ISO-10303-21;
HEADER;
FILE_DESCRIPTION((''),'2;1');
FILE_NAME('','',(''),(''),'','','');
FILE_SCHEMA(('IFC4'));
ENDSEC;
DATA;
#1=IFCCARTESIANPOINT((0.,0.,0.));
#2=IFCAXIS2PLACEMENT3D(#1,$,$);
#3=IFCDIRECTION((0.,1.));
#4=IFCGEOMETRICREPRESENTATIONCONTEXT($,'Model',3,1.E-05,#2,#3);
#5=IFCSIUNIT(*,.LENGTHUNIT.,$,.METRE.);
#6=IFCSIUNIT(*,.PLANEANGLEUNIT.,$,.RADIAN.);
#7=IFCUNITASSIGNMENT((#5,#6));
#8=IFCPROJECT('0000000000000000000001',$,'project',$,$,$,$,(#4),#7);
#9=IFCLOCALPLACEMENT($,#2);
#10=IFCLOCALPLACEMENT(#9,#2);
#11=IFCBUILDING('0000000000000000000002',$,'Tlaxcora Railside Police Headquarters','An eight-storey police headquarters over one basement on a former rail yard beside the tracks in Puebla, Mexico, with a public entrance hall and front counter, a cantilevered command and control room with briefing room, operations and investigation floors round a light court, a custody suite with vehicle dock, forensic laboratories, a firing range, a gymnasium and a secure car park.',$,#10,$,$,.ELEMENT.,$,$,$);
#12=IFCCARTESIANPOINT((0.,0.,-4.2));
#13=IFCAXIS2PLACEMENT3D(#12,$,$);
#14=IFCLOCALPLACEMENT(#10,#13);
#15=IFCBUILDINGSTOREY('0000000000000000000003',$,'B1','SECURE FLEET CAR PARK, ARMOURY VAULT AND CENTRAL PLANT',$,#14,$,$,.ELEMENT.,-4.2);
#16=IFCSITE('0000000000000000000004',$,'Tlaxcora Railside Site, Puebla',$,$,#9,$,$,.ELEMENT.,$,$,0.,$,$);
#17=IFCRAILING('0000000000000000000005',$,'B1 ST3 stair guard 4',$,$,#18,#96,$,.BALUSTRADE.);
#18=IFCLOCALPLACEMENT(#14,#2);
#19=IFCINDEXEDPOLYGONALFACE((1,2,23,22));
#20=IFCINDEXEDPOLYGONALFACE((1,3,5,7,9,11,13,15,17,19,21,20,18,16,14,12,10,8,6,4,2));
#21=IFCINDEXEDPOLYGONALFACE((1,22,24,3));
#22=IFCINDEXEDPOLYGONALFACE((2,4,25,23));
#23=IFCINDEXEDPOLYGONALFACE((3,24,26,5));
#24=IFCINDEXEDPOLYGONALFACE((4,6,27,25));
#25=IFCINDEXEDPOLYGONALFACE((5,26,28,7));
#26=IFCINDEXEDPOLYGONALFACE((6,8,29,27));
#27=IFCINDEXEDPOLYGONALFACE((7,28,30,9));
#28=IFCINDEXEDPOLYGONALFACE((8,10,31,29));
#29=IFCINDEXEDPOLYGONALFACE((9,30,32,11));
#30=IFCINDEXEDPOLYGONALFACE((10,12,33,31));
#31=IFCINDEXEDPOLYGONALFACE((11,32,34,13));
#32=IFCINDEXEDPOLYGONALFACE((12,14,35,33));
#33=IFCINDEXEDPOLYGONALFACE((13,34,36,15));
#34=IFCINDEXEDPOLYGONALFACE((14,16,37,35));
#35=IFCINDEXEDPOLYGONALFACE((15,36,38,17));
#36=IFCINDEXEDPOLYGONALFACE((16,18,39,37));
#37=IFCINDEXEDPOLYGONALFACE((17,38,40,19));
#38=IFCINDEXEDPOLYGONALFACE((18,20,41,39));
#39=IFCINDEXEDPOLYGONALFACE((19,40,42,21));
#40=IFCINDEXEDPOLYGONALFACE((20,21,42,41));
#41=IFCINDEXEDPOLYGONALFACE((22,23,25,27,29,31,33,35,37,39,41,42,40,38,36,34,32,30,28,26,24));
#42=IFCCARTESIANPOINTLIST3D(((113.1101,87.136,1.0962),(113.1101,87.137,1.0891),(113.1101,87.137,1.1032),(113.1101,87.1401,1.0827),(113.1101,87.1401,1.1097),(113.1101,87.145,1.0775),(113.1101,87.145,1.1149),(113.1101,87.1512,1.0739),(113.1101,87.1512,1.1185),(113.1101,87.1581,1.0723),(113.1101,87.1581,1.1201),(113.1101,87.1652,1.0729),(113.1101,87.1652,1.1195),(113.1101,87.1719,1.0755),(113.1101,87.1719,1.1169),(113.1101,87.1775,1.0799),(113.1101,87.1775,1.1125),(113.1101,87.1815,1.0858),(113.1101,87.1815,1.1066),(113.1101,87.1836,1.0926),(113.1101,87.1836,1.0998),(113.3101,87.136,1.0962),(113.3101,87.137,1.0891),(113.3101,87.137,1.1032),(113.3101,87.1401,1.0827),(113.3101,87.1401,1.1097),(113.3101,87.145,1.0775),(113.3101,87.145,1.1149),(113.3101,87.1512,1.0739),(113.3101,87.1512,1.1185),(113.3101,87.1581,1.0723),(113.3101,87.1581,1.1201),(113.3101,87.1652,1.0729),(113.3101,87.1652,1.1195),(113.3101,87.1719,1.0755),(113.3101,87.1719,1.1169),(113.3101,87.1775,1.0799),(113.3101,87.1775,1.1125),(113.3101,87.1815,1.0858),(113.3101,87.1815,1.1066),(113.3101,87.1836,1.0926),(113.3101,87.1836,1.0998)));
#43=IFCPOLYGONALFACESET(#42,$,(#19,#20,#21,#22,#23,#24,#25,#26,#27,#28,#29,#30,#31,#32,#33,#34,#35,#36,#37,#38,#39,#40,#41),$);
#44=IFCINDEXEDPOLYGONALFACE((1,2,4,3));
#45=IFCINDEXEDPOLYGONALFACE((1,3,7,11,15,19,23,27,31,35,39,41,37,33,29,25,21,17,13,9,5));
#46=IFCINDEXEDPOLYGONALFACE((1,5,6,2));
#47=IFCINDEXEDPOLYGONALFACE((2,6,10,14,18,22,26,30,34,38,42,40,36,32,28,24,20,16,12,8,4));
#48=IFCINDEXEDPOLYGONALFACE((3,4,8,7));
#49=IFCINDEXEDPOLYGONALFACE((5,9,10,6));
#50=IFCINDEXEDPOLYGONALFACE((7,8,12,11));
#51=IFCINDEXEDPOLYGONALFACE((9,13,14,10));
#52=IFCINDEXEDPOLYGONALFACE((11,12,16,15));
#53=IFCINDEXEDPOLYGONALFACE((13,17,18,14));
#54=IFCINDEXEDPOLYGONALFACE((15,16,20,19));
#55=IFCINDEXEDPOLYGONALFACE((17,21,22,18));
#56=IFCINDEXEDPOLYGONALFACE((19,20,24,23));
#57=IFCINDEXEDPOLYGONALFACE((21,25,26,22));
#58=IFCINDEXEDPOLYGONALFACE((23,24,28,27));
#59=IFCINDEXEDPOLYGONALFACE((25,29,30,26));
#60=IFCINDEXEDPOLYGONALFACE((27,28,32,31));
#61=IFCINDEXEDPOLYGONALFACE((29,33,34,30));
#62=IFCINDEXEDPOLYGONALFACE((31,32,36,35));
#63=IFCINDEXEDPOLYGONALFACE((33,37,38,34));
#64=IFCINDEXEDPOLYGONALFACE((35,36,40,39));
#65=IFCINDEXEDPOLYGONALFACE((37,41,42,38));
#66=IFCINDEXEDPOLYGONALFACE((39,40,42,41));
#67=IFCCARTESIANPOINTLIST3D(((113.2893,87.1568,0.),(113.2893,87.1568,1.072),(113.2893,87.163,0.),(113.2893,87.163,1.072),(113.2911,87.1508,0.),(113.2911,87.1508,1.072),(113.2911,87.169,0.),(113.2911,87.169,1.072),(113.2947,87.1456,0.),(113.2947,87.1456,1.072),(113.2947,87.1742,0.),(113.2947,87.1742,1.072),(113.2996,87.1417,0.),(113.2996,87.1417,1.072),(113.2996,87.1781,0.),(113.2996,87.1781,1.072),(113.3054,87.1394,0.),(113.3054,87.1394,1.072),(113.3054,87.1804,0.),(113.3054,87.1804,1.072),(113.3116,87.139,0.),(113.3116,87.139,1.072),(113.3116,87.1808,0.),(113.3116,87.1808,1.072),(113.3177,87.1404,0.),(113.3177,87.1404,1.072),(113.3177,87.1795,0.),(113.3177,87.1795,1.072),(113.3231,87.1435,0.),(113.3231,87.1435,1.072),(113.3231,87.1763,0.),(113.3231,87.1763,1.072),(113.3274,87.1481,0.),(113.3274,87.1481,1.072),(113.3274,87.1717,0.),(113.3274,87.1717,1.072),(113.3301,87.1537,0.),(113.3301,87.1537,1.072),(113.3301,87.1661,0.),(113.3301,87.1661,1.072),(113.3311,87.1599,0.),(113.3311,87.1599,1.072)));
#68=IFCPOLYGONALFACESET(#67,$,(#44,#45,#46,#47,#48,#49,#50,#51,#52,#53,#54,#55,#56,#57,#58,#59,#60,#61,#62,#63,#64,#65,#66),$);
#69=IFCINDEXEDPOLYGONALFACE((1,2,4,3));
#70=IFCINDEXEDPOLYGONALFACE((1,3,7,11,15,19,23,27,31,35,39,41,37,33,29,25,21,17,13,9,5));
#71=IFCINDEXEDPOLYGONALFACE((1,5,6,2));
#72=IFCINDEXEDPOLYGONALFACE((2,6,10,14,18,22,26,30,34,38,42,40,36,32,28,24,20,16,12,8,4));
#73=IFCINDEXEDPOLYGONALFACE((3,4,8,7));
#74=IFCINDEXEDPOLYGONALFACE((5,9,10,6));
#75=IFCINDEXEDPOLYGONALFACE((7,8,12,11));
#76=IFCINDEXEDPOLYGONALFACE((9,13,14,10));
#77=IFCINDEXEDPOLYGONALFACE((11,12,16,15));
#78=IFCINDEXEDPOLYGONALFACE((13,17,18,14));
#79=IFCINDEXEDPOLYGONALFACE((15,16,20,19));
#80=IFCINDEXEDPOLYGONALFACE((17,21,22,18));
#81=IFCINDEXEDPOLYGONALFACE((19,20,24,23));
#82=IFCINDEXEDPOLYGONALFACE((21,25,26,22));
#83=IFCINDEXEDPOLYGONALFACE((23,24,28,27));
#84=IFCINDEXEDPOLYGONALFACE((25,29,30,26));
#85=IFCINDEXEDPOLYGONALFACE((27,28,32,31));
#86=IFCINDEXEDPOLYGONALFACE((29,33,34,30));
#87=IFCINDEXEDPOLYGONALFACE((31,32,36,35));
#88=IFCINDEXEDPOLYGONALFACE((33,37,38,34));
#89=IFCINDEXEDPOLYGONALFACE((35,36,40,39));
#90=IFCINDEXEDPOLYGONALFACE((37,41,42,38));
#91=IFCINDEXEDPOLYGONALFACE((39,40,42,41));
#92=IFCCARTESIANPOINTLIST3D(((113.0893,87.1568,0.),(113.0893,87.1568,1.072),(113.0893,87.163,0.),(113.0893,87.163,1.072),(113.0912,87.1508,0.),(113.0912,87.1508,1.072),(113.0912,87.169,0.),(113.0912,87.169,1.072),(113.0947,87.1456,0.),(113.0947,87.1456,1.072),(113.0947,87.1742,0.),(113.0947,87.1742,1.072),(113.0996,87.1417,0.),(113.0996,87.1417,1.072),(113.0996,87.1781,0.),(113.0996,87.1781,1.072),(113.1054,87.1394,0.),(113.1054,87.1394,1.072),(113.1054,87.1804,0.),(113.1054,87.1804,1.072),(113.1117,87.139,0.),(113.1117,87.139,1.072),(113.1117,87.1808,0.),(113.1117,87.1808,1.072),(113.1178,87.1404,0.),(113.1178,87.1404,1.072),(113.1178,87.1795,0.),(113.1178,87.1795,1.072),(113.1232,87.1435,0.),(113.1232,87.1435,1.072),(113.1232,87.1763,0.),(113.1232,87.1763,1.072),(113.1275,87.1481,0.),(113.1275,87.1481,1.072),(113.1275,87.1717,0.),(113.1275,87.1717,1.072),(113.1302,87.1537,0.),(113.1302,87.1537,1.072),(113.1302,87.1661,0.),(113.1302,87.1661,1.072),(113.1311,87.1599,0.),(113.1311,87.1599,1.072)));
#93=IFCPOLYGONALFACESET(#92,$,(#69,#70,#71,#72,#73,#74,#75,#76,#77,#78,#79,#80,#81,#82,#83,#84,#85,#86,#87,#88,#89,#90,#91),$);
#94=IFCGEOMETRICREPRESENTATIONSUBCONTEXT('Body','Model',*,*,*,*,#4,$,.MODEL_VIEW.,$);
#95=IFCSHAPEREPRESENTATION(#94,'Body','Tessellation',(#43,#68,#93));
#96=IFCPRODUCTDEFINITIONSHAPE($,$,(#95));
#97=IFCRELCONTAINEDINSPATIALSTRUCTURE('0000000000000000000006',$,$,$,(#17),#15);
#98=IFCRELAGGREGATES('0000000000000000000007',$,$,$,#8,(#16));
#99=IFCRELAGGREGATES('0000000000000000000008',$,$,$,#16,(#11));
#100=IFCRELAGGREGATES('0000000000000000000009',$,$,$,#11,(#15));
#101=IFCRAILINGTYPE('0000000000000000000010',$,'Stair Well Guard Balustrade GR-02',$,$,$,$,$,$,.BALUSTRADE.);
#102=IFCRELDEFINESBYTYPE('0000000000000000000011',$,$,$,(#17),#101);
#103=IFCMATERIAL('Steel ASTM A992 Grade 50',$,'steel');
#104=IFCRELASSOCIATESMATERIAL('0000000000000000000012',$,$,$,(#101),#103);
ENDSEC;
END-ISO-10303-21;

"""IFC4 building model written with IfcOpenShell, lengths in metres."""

from ifc_helpers import new_model, si_unit, direction, frame, origin, origin_2d, place, context, subcontext, project, spatial, circle, extrude, material, type_object, element, save


model = new_model("IFC4")

# Units and contexts
model_context = context("Model", 3, precision=1e-05, world=origin(), true_north=direction((0.0, 1.0)))
body_context = subcontext(model_context, "Body", "Model", "MODEL_VIEW")
ifc_project = project(units=[si_unit("LENGTHUNIT", "METRE"), si_unit("PLANEANGLEUNIT", "RADIAN")], contexts=[model_context])

# Site, building, storey
site_placement = place(None, origin())
site = spatial("IfcSite", under=ifc_project, at=site_placement, Name="Tlaxcora Railside Site, Puebla", CompositionType="ELEMENT", RefElevation=0.0)
building_placement = place(site_placement, origin())
building = spatial("IfcBuilding", under=site, at=building_placement, Name="Tlaxcora Railside Police Headquarters", Description="An eight-storey police headquarters over one basement on a former rail yard beside the tracks in Puebla, Mexico, with a public entrance hall and front counter, a cantilevered command and control room with briefing room, operations and investigation floors round a light court, a custody suite with vehicle dock, forensic laboratories, a firing range, a gymnasium and a secure car park.", CompositionType="ELEMENT")
storey_placement = place(building_placement, frame((0.0, 0.0, -4.2)))
storey = spatial("IfcBuildingStorey", under=building, at=storey_placement, Name="B1", Description="SECURE FLEET CAR PARK, ARMOURY VAULT AND CENTRAL PLANT", CompositionType="ELEMENT", Elevation=-4.2)

# Shared definitions
ifc_material_1 = material(Name="Steel ASTM A992 Grade 50", Category="steel")

# Railing
railing_type_1 = type_object("IfcRailingType", Name="Stair Well Guard Balustrade GR-02", PredefinedType="BALUSTRADE", material=ifc_material_1)
railing_1_placement = place(storey_placement, frame((113.3101, 87.1599, 0.0)))
element("IfcRailing", 1, at=railing_1_placement, inside=storey, type_object=railing_type_1, Name="B1 ST3 stair guard 4", PredefinedType="BALUSTRADE", context=body_context, shape_type="SweptSolid", body=[
    extrude(circle(Radius=0.0239, at=origin_2d()), frame((0.0, 0.0, 1.0962), z_axis=(-1.0, 0.0, 0.0), x_axis=(0.0, -1.0, 0.0)), (0.0, 0.0, 1.0), 0.2),
    extrude(circle(Radius=0.021, at=origin_2d()), origin(), (0.0, 0.0, 1.0), 1.072),
    extrude(circle(Radius=0.021, at=origin_2d()), frame((-0.2, 0.0, 0.0)), (0.0, 0.0, 1.0), 1.072),
])

save(model, "model.ifc")
